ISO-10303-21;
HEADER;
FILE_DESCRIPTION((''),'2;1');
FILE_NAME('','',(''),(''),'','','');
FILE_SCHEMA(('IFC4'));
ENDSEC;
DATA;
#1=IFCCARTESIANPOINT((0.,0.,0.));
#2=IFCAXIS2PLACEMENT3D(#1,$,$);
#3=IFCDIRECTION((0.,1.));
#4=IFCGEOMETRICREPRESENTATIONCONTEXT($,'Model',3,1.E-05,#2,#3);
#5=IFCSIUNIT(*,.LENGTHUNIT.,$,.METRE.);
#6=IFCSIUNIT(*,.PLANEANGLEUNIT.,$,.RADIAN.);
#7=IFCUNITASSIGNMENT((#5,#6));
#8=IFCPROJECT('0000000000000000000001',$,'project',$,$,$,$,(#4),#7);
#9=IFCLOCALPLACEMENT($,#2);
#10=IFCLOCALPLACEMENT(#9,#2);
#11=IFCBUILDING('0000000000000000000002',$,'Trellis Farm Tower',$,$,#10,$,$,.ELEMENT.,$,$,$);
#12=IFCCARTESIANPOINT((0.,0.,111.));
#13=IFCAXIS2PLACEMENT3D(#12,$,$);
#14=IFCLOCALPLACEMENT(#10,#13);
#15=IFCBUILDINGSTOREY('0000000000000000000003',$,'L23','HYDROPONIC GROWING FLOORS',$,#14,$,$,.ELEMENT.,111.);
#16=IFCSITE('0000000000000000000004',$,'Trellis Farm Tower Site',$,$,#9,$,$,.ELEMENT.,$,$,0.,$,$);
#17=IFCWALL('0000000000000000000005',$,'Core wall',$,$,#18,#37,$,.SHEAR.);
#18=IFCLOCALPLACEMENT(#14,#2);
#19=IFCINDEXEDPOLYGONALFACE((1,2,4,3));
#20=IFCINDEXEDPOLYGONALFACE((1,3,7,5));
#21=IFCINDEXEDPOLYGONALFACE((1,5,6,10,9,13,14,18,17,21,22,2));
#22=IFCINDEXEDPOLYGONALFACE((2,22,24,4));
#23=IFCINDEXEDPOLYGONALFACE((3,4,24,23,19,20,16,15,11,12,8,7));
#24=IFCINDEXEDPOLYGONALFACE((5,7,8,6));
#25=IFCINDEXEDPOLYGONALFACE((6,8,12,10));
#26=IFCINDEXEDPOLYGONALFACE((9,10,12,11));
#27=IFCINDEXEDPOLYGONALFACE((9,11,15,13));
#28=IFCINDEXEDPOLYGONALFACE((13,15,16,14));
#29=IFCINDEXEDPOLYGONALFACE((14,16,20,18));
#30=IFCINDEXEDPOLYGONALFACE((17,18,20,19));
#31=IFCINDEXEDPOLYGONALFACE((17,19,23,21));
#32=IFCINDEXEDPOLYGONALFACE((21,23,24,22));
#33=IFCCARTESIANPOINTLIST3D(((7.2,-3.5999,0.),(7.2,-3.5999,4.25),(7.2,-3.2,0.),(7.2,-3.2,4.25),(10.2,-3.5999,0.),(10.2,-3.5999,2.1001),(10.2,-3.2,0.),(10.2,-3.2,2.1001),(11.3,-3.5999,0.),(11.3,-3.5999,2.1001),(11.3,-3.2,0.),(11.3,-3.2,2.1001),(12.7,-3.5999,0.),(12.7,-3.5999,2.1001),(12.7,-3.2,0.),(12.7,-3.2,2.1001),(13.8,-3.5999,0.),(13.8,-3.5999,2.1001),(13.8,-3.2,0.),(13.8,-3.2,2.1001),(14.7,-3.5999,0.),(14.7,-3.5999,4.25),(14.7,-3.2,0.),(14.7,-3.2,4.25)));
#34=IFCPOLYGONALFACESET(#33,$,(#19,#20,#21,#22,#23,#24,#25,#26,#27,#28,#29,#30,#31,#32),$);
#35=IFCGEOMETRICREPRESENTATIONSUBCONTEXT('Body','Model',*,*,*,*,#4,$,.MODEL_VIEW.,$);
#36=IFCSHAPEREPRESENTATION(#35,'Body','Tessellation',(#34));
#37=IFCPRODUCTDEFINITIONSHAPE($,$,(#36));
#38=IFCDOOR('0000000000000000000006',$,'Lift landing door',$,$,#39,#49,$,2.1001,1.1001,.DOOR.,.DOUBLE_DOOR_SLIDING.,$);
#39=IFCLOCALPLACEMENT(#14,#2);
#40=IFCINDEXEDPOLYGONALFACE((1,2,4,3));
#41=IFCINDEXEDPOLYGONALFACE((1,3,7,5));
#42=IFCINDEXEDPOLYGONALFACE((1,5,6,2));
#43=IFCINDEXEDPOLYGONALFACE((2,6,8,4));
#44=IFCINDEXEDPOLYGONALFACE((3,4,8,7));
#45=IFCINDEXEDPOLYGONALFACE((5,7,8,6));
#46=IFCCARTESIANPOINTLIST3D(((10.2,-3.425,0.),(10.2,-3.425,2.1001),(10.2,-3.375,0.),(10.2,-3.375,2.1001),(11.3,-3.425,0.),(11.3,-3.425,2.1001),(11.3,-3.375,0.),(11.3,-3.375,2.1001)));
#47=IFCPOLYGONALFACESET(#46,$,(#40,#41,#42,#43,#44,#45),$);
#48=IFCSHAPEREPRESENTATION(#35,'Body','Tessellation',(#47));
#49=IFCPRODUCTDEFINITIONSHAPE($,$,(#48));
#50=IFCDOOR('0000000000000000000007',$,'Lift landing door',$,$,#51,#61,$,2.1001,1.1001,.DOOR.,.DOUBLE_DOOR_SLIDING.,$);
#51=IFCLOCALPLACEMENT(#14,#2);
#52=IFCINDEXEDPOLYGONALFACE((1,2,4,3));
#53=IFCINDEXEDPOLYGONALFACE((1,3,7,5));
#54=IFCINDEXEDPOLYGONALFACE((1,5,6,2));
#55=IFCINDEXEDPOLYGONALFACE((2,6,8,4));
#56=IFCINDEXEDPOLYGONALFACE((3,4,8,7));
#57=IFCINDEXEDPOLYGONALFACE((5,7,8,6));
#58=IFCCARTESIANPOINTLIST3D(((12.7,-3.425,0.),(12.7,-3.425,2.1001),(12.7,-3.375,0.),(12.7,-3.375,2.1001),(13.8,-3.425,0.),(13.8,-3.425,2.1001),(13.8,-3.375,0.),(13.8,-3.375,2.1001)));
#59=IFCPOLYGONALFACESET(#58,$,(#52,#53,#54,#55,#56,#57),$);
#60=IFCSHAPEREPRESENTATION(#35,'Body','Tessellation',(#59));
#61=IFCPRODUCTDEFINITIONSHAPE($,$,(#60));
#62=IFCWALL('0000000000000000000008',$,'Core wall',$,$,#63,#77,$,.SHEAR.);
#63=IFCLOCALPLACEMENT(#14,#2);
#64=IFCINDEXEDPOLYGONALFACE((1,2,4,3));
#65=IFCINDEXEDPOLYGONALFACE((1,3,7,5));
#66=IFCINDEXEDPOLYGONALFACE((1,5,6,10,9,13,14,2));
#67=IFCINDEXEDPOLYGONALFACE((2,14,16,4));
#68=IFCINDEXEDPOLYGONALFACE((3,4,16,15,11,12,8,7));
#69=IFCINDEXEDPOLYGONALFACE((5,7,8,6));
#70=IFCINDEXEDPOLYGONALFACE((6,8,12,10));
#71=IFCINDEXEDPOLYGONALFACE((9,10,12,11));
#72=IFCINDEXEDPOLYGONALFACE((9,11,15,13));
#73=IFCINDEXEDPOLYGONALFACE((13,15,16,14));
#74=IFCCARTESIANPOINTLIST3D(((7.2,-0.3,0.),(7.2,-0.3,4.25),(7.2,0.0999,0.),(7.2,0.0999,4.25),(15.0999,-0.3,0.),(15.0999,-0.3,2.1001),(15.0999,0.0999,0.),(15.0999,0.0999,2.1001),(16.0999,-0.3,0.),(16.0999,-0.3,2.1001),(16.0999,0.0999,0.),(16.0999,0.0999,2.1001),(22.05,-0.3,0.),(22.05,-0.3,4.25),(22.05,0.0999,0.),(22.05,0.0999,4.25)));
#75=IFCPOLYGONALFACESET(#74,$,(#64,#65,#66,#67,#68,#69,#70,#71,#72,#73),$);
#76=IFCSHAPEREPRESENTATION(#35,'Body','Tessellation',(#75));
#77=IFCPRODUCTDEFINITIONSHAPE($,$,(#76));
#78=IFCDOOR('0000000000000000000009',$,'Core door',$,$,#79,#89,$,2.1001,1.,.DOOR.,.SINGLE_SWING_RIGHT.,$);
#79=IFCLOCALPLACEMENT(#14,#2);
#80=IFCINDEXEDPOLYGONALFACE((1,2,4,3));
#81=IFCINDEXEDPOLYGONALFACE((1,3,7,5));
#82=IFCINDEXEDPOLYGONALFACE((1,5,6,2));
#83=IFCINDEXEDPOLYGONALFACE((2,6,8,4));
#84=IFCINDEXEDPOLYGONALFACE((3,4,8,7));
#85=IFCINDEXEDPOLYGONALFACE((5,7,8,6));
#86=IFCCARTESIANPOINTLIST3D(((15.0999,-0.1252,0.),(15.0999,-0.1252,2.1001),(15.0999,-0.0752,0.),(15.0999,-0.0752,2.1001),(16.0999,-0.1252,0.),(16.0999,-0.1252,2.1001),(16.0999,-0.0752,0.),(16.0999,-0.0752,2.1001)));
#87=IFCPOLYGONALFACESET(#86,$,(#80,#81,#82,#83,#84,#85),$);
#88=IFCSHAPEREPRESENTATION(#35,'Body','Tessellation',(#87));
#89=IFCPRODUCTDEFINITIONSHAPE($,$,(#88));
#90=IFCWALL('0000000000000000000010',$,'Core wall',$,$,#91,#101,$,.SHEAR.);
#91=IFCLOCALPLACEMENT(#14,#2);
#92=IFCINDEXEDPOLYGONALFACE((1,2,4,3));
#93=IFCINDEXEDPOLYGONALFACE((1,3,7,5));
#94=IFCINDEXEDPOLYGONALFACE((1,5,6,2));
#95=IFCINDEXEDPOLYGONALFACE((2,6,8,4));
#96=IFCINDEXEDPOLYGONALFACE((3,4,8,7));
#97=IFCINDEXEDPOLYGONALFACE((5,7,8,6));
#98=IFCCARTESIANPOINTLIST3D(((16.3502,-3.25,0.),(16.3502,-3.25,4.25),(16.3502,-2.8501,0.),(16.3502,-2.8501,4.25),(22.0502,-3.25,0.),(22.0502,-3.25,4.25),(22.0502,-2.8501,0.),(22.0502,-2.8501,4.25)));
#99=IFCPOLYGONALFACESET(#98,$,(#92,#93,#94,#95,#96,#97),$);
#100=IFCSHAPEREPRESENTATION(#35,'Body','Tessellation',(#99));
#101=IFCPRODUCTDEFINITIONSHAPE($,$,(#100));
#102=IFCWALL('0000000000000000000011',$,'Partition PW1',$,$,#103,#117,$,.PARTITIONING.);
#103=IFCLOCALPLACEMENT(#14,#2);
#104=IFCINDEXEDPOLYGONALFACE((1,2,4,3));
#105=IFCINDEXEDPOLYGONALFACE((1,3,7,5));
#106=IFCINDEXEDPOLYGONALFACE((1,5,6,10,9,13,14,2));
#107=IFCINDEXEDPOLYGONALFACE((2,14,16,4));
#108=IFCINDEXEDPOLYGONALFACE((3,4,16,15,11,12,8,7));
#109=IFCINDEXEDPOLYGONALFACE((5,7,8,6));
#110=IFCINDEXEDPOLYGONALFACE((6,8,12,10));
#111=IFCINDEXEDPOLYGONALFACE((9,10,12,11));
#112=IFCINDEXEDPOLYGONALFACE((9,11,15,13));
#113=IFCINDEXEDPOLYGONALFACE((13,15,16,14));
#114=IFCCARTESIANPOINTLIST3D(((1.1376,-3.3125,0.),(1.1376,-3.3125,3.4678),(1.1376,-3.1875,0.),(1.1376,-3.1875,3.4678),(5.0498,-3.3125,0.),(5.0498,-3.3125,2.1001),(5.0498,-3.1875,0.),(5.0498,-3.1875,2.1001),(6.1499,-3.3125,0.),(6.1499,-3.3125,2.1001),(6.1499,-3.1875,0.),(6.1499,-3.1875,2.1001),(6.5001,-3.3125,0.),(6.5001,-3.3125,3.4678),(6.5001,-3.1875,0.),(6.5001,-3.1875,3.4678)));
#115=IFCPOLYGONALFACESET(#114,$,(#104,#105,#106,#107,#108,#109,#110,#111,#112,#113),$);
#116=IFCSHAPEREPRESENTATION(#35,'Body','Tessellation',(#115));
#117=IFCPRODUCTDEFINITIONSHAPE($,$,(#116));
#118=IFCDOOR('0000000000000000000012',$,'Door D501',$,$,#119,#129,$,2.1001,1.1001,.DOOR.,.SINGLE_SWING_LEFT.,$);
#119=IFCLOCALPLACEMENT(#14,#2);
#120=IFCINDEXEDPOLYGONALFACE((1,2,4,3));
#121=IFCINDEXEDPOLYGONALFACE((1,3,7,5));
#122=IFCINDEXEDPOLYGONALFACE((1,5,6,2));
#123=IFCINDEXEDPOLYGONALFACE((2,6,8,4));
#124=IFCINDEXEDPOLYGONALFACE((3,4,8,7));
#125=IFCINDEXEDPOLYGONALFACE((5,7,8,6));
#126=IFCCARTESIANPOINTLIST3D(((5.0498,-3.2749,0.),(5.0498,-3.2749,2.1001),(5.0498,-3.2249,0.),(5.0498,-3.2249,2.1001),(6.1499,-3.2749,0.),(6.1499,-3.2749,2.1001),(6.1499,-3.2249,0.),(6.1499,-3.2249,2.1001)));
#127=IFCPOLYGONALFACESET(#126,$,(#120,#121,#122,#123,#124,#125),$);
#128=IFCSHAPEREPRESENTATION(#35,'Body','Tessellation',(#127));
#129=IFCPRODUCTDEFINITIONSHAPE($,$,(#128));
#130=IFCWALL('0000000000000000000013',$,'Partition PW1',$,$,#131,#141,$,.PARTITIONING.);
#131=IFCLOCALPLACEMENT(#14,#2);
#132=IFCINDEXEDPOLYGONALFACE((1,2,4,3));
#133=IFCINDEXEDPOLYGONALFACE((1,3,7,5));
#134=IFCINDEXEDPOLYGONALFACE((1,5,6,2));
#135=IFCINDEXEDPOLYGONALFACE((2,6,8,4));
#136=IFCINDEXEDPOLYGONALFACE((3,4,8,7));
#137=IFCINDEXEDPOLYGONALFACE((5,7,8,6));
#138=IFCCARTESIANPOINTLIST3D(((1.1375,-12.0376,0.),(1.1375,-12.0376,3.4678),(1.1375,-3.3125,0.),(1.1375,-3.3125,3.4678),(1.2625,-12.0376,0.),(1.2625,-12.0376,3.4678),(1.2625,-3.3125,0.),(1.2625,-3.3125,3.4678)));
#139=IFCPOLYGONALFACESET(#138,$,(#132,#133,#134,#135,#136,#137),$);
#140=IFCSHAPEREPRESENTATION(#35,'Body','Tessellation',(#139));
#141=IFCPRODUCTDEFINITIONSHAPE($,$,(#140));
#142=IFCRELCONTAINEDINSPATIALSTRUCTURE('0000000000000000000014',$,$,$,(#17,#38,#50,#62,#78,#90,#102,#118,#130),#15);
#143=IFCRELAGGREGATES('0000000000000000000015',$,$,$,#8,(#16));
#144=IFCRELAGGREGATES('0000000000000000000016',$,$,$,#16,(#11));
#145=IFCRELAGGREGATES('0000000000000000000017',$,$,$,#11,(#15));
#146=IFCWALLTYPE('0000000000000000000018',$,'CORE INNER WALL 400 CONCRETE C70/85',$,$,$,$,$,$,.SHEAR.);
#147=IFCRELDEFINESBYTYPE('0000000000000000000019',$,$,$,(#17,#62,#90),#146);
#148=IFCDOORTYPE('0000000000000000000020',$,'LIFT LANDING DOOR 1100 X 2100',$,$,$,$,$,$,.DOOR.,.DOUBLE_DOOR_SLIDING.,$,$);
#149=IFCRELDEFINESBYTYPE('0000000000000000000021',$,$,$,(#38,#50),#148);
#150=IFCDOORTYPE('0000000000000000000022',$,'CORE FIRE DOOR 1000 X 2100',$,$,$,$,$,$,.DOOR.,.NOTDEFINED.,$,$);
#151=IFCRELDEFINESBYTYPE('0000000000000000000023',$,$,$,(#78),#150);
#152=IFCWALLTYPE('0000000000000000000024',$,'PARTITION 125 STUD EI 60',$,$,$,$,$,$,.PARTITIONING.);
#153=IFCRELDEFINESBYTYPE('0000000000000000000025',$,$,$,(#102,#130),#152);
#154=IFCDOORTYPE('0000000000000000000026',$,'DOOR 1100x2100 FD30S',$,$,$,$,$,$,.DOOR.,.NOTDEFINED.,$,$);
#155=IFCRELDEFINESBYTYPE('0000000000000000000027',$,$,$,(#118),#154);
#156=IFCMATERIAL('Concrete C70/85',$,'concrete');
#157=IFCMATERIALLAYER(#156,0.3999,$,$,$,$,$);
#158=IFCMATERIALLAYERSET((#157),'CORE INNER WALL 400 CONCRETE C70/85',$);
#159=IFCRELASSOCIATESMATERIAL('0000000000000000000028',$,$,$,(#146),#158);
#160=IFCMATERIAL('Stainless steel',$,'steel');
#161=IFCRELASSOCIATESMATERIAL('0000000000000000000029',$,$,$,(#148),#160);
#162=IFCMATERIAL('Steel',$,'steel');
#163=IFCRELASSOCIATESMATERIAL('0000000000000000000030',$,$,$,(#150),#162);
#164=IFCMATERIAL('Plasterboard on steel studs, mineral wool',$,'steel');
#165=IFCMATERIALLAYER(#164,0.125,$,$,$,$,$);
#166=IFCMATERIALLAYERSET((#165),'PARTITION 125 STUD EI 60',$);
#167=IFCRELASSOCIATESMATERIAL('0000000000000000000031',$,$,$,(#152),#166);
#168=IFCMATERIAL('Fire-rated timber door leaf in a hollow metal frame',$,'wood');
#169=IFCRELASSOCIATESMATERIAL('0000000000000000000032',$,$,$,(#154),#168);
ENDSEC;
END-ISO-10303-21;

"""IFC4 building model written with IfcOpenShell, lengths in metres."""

from ifc_helpers import new_model, si_unit, direction, frame, frame_2d, origin, place, context, subcontext, project, spatial, rectangle, extrude, source, transform, mapped, material, layer, layer_set, type_object, element, fill, save


model = new_model("IFC4")

# Units and contexts
model_context = context("Model", 3, precision=1e-05, world=origin(), true_north=direction((0.0, 1.0)))
body_context = subcontext(model_context, "Body", "Model", "MODEL_VIEW")
ifc_project = project(units=[si_unit("LENGTHUNIT", "METRE"), si_unit("PLANEANGLEUNIT", "RADIAN")], contexts=[model_context])

# Site, building, storey
site_placement = place(None, origin())
site = spatial("IfcSite", under=ifc_project, at=site_placement, Name="Trellis Farm Tower Site", CompositionType="ELEMENT", RefElevation=0.0)
building_placement = place(site_placement, origin())
building = spatial("IfcBuilding", under=site, at=building_placement, Name="Trellis Farm Tower", CompositionType="ELEMENT")
storey_placement = place(building_placement, frame((0.0, 0.0, 111.0)))
storey = spatial("IfcBuildingStorey", under=building, at=storey_placement, Name="L23", Description="HYDROPONIC GROWING FLOORS", CompositionType="ELEMENT", Elevation=111.0)

# Wall, openings, doors
ifc_material_1 = material(Name="Concrete C70/85", Category="concrete")
ifc_layer_1 = layer(ifc_material_1, 0.3999)
ifc_layer_set_1 = layer_set([ifc_layer_1], Name="CORE INNER WALL 400 CONCRETE C70/85")
wall_type_1 = type_object("IfcWallType", Name="CORE INNER WALL 400 CONCRETE C70/85", PredefinedType="SHEAR", material=ifc_layer_set_1)
shared_shape_1 = source(origin(), body_context, "Body", "SweptSolid", [
    extrude(rectangle(XDim=7.5, YDim=0.3999, at=frame_2d((3.75, 0.0))), origin(), (0.0, 0.0, 1.0), 4.25),
])
wall_1_placement = place(storey_placement, frame((7.2, -3.3999, 0.0), z_axis=(0.0, 0.0, 1.0), x_axis=(1.0, 0.0, 0.0)))
wall_1 = element("IfcWall", 1, at=wall_1_placement, inside=storey, type_object=wall_type_1, Name="Core wall", PredefinedType="SHEAR", context=body_context, shape_type="MappedRepresentation", body=[
    mapped(shared_shape_1, transform((0.0, 0.0, 0.0))),
])
shared_shape_2 = source(origin(), body_context, "Body", "SweptSolid", [
    extrude(rectangle(XDim=1.1001, YDim=2.1001, at=frame_2d((0.55, 1.05))), frame((0.0, 0.21, 0.0), z_axis=(0.0, -1.0, 0.0), x_axis=(1.0, 0.0, 0.0)), (0.0, 0.0, 1.0), 0.4199),
])
opening_1_placement = place(wall_1_placement, frame((3.0, 0.0, 0.0)))
opening_1 = element("IfcOpeningElement", 2, at=opening_1_placement, cuts=wall_1, PredefinedType="OPENING", context=body_context, shape_type="MappedRepresentation", body=[
    mapped(shared_shape_2, transform((0.0, 0.0, 0.0))),
])
opening_2_placement = place(wall_1_placement, frame((5.5, 0.0, 0.0)))
opening_2 = element("IfcOpeningElement", 3, at=opening_2_placement, cuts=wall_1, PredefinedType="OPENING", context=body_context, shape_type="MappedRepresentation", body=[
    mapped(shared_shape_2, transform((0.0, 0.0, 0.0))),
])
ifc_material_2 = material(Name="Stainless steel", Category="steel")
door_type_1 = type_object("IfcDoorType", Name="LIFT LANDING DOOR 1100 X 2100", OperationType="DOUBLE_DOOR_SLIDING", PredefinedType="DOOR", material=ifc_material_2)
shared_shape_3 = source(origin(), body_context, "Body", "SweptSolid", [
    extrude(rectangle(XDim=1.1001, YDim=2.1001, at=frame_2d((0.55, 1.05))), frame((0.0, 0.0249, 0.0), z_axis=(0.0, -1.0, 0.0), x_axis=(1.0, 0.0, 0.0)), (0.0, 0.0, 1.0), 0.05),
])
door_1_placement = place(opening_1_placement, origin())
door_1 = element("IfcDoor", 4, at=door_1_placement, inside=storey, type_object=door_type_1, Name="Lift landing door", OperationType="DOUBLE_DOOR_SLIDING", OverallHeight=2.1001, OverallWidth=1.1001, PredefinedType="DOOR", context=body_context, shape_type="MappedRepresentation", body=[
    mapped(shared_shape_3, transform((0.0, 0.0, 0.0))),
])
fill(opening_1, door_1)
door_2_placement = place(opening_2_placement, origin())
door_2 = element("IfcDoor", 5, at=door_2_placement, inside=storey, type_object=door_type_1, Name="Lift landing door", OperationType="DOUBLE_DOOR_SLIDING", OverallHeight=2.1001, OverallWidth=1.1001, PredefinedType="DOOR", context=body_context, shape_type="MappedRepresentation", body=[
    mapped(shared_shape_3, transform((0.0, 0.0, 0.0))),
])
fill(opening_2, door_2)

# Wall, opening, door
shared_shape_4 = source(origin(), body_context, "Body", "SweptSolid", [
    extrude(rectangle(XDim=14.8501, YDim=0.3999, at=frame_2d((7.425, 0.0))), origin(), (0.0, 0.0, 1.0), 4.25),
])
wall_2_placement = place(storey_placement, frame((7.2, -0.1001, 0.0), z_axis=(0.0, 0.0, 1.0), x_axis=(1.0, 0.0, 0.0)))
wall_2 = element("IfcWall", 6, at=wall_2_placement, inside=storey, type_object=wall_type_1, Name="Core wall", PredefinedType="SHEAR", context=body_context, shape_type="MappedRepresentation", body=[
    mapped(shared_shape_4, transform((0.0, 0.0, 0.0))),
])
shared_shape_5 = source(origin(), body_context, "Body", "SweptSolid", [
    extrude(rectangle(XDim=1.0, YDim=2.1001, at=frame_2d((0.5, 1.05))), frame((0.0, 0.21, 0.0), z_axis=(0.0, -1.0, 0.0), x_axis=(1.0, 0.0, 0.0)), (0.0, 0.0, 1.0), 0.4199),
])
opening_3_placement = place(wall_2_placement, frame((7.8999, 0.0, 0.0)))
opening_3 = element("IfcOpeningElement", 7, at=opening_3_placement, cuts=wall_2, PredefinedType="OPENING", context=body_context, shape_type="MappedRepresentation", body=[
    mapped(shared_shape_5, transform((0.0, 0.0, 0.0))),
])
ifc_material_3 = material(Name="Steel", Category="steel")
door_type_2 = type_object("IfcDoorType", Name="CORE FIRE DOOR 1000 X 2100", OperationType="NOTDEFINED", PredefinedType="DOOR", material=ifc_material_3)
shared_shape_6 = source(origin(), body_context, "Body", "SweptSolid", [
    extrude(rectangle(XDim=1.0, YDim=2.1001, at=frame_2d((0.5, 1.05))), frame((0.0, 0.0249, 0.0), z_axis=(0.0, -1.0, 0.0), x_axis=(1.0, 0.0, 0.0)), (0.0, 0.0, 1.0), 0.05),
])
door_3_placement = place(opening_3_placement, origin())
door_3 = element("IfcDoor", 8, at=door_3_placement, inside=storey, type_object=door_type_2, Name="Core door", OperationType="SINGLE_SWING_RIGHT", OverallHeight=2.1001, OverallWidth=1.0, PredefinedType="DOOR", context=body_context, shape_type="MappedRepresentation", body=[
    mapped(shared_shape_6, transform((0.0, 0.0, 0.0))),
])
fill(opening_3, door_3)

# Wall
shared_shape_7 = source(origin(), body_context, "Body", "SweptSolid", [
    extrude(rectangle(XDim=5.7, YDim=0.3999, at=frame_2d((2.8501, 0.0))), origin(), (0.0, 0.0, 1.0), 4.25),
])
wall_3_placement = place(storey_placement, frame((16.3501, -3.05, 0.0), z_axis=(0.0, 0.0, 1.0), x_axis=(1.0, 0.0, 0.0)))
element("IfcWall", 9, at=wall_3_placement, inside=storey, type_object=wall_type_1, Name="Core wall", PredefinedType="SHEAR", context=body_context, shape_type="MappedRepresentation", body=[
    mapped(shared_shape_7, transform((0.0, 0.0, 0.0))),
])

# Wall, opening, door
ifc_material_4 = material(Name="Plasterboard on steel studs, mineral wool", Category="steel")
ifc_layer_2 = layer(ifc_material_4, 0.125)
ifc_layer_set_2 = layer_set([ifc_layer_2], Name="PARTITION 125 STUD EI 60")
wall_type_2 = type_object("IfcWallType", Name="PARTITION 125 STUD EI 60", PredefinedType="PARTITIONING", material=ifc_layer_set_2)
shared_shape_8 = source(origin(), body_context, "Body", "SweptSolid", [
    extrude(rectangle(XDim=5.3625, YDim=0.125, at=frame_2d((2.6812, 0.0))), origin(), (0.0, 0.0, 1.0), 3.4678),
])
wall_4_placement = place(storey_placement, frame((6.5, -3.25, 0.0), z_axis=(0.0, 0.0, 1.0), x_axis=(-1.0, 0.0, 0.0)))
wall_4 = element("IfcWall", 10, at=wall_4_placement, inside=storey, type_object=wall_type_2, Name="Partition PW1", PredefinedType="PARTITIONING", context=body_context, shape_type="MappedRepresentation", body=[
    mapped(shared_shape_8, transform((0.0, 0.0, 0.0))),
])
shared_shape_9 = source(origin(), body_context, "Body", "SweptSolid", [
    extrude(rectangle(XDim=1.1001, YDim=2.1001, at=frame_2d((0.55, 1.05))), frame((0.0, 0.0725, 0.0), z_axis=(0.0, -1.0, 0.0), x_axis=(1.0, 0.0, 0.0)), (0.0, 0.0, 1.0), 0.145),
])
opening_4_placement = place(wall_4_placement, frame((0.3501, 0.0, 0.0)))
opening_4 = element("IfcOpeningElement", 11, at=opening_4_placement, cuts=wall_4, PredefinedType="OPENING", context=body_context, shape_type="MappedRepresentation", body=[
    mapped(shared_shape_9, transform((0.0, 0.0, 0.0))),
])
ifc_material_5 = material(Name="Fire-rated timber door leaf in a hollow metal frame", Category="wood")
door_type_3 = type_object("IfcDoorType", Name="DOOR 1100x2100 FD30S", OperationType="NOTDEFINED", PredefinedType="DOOR", material=ifc_material_5)
door_4_placement = place(opening_4_placement, origin())
door_4 = element("IfcDoor", 12, at=door_4_placement, inside=storey, type_object=door_type_3, Name="Door D501", OperationType="SINGLE_SWING_LEFT", OverallHeight=2.1001, OverallWidth=1.1001, PredefinedType="DOOR", context=body_context, shape_type="MappedRepresentation", body=[
    mapped(shared_shape_3, transform((0.0, 0.0, 0.0))),
])
fill(opening_4, door_4)

# Wall
shared_shape_10 = source(origin(), body_context, "Body", "SweptSolid", [
    extrude(rectangle(XDim=8.7251, YDim=0.125, at=frame_2d((4.3625, 0.0))), origin(), (0.0, 0.0, 1.0), 3.4678),
])
wall_5_placement = place(storey_placement, frame((1.2, -3.3125, 0.0), z_axis=(0.0, 0.0, 1.0), x_axis=(0.0, -1.0, 0.0)))
element("IfcWall", 13, at=wall_5_placement, inside=storey, type_object=wall_type_2, Name="Partition PW1", PredefinedType="PARTITIONING", context=body_context, shape_type="MappedRepresentation", body=[
    mapped(shared_shape_10, transform((0.0, 0.0, 0.0))),
])

save(model, "model.ifc")
